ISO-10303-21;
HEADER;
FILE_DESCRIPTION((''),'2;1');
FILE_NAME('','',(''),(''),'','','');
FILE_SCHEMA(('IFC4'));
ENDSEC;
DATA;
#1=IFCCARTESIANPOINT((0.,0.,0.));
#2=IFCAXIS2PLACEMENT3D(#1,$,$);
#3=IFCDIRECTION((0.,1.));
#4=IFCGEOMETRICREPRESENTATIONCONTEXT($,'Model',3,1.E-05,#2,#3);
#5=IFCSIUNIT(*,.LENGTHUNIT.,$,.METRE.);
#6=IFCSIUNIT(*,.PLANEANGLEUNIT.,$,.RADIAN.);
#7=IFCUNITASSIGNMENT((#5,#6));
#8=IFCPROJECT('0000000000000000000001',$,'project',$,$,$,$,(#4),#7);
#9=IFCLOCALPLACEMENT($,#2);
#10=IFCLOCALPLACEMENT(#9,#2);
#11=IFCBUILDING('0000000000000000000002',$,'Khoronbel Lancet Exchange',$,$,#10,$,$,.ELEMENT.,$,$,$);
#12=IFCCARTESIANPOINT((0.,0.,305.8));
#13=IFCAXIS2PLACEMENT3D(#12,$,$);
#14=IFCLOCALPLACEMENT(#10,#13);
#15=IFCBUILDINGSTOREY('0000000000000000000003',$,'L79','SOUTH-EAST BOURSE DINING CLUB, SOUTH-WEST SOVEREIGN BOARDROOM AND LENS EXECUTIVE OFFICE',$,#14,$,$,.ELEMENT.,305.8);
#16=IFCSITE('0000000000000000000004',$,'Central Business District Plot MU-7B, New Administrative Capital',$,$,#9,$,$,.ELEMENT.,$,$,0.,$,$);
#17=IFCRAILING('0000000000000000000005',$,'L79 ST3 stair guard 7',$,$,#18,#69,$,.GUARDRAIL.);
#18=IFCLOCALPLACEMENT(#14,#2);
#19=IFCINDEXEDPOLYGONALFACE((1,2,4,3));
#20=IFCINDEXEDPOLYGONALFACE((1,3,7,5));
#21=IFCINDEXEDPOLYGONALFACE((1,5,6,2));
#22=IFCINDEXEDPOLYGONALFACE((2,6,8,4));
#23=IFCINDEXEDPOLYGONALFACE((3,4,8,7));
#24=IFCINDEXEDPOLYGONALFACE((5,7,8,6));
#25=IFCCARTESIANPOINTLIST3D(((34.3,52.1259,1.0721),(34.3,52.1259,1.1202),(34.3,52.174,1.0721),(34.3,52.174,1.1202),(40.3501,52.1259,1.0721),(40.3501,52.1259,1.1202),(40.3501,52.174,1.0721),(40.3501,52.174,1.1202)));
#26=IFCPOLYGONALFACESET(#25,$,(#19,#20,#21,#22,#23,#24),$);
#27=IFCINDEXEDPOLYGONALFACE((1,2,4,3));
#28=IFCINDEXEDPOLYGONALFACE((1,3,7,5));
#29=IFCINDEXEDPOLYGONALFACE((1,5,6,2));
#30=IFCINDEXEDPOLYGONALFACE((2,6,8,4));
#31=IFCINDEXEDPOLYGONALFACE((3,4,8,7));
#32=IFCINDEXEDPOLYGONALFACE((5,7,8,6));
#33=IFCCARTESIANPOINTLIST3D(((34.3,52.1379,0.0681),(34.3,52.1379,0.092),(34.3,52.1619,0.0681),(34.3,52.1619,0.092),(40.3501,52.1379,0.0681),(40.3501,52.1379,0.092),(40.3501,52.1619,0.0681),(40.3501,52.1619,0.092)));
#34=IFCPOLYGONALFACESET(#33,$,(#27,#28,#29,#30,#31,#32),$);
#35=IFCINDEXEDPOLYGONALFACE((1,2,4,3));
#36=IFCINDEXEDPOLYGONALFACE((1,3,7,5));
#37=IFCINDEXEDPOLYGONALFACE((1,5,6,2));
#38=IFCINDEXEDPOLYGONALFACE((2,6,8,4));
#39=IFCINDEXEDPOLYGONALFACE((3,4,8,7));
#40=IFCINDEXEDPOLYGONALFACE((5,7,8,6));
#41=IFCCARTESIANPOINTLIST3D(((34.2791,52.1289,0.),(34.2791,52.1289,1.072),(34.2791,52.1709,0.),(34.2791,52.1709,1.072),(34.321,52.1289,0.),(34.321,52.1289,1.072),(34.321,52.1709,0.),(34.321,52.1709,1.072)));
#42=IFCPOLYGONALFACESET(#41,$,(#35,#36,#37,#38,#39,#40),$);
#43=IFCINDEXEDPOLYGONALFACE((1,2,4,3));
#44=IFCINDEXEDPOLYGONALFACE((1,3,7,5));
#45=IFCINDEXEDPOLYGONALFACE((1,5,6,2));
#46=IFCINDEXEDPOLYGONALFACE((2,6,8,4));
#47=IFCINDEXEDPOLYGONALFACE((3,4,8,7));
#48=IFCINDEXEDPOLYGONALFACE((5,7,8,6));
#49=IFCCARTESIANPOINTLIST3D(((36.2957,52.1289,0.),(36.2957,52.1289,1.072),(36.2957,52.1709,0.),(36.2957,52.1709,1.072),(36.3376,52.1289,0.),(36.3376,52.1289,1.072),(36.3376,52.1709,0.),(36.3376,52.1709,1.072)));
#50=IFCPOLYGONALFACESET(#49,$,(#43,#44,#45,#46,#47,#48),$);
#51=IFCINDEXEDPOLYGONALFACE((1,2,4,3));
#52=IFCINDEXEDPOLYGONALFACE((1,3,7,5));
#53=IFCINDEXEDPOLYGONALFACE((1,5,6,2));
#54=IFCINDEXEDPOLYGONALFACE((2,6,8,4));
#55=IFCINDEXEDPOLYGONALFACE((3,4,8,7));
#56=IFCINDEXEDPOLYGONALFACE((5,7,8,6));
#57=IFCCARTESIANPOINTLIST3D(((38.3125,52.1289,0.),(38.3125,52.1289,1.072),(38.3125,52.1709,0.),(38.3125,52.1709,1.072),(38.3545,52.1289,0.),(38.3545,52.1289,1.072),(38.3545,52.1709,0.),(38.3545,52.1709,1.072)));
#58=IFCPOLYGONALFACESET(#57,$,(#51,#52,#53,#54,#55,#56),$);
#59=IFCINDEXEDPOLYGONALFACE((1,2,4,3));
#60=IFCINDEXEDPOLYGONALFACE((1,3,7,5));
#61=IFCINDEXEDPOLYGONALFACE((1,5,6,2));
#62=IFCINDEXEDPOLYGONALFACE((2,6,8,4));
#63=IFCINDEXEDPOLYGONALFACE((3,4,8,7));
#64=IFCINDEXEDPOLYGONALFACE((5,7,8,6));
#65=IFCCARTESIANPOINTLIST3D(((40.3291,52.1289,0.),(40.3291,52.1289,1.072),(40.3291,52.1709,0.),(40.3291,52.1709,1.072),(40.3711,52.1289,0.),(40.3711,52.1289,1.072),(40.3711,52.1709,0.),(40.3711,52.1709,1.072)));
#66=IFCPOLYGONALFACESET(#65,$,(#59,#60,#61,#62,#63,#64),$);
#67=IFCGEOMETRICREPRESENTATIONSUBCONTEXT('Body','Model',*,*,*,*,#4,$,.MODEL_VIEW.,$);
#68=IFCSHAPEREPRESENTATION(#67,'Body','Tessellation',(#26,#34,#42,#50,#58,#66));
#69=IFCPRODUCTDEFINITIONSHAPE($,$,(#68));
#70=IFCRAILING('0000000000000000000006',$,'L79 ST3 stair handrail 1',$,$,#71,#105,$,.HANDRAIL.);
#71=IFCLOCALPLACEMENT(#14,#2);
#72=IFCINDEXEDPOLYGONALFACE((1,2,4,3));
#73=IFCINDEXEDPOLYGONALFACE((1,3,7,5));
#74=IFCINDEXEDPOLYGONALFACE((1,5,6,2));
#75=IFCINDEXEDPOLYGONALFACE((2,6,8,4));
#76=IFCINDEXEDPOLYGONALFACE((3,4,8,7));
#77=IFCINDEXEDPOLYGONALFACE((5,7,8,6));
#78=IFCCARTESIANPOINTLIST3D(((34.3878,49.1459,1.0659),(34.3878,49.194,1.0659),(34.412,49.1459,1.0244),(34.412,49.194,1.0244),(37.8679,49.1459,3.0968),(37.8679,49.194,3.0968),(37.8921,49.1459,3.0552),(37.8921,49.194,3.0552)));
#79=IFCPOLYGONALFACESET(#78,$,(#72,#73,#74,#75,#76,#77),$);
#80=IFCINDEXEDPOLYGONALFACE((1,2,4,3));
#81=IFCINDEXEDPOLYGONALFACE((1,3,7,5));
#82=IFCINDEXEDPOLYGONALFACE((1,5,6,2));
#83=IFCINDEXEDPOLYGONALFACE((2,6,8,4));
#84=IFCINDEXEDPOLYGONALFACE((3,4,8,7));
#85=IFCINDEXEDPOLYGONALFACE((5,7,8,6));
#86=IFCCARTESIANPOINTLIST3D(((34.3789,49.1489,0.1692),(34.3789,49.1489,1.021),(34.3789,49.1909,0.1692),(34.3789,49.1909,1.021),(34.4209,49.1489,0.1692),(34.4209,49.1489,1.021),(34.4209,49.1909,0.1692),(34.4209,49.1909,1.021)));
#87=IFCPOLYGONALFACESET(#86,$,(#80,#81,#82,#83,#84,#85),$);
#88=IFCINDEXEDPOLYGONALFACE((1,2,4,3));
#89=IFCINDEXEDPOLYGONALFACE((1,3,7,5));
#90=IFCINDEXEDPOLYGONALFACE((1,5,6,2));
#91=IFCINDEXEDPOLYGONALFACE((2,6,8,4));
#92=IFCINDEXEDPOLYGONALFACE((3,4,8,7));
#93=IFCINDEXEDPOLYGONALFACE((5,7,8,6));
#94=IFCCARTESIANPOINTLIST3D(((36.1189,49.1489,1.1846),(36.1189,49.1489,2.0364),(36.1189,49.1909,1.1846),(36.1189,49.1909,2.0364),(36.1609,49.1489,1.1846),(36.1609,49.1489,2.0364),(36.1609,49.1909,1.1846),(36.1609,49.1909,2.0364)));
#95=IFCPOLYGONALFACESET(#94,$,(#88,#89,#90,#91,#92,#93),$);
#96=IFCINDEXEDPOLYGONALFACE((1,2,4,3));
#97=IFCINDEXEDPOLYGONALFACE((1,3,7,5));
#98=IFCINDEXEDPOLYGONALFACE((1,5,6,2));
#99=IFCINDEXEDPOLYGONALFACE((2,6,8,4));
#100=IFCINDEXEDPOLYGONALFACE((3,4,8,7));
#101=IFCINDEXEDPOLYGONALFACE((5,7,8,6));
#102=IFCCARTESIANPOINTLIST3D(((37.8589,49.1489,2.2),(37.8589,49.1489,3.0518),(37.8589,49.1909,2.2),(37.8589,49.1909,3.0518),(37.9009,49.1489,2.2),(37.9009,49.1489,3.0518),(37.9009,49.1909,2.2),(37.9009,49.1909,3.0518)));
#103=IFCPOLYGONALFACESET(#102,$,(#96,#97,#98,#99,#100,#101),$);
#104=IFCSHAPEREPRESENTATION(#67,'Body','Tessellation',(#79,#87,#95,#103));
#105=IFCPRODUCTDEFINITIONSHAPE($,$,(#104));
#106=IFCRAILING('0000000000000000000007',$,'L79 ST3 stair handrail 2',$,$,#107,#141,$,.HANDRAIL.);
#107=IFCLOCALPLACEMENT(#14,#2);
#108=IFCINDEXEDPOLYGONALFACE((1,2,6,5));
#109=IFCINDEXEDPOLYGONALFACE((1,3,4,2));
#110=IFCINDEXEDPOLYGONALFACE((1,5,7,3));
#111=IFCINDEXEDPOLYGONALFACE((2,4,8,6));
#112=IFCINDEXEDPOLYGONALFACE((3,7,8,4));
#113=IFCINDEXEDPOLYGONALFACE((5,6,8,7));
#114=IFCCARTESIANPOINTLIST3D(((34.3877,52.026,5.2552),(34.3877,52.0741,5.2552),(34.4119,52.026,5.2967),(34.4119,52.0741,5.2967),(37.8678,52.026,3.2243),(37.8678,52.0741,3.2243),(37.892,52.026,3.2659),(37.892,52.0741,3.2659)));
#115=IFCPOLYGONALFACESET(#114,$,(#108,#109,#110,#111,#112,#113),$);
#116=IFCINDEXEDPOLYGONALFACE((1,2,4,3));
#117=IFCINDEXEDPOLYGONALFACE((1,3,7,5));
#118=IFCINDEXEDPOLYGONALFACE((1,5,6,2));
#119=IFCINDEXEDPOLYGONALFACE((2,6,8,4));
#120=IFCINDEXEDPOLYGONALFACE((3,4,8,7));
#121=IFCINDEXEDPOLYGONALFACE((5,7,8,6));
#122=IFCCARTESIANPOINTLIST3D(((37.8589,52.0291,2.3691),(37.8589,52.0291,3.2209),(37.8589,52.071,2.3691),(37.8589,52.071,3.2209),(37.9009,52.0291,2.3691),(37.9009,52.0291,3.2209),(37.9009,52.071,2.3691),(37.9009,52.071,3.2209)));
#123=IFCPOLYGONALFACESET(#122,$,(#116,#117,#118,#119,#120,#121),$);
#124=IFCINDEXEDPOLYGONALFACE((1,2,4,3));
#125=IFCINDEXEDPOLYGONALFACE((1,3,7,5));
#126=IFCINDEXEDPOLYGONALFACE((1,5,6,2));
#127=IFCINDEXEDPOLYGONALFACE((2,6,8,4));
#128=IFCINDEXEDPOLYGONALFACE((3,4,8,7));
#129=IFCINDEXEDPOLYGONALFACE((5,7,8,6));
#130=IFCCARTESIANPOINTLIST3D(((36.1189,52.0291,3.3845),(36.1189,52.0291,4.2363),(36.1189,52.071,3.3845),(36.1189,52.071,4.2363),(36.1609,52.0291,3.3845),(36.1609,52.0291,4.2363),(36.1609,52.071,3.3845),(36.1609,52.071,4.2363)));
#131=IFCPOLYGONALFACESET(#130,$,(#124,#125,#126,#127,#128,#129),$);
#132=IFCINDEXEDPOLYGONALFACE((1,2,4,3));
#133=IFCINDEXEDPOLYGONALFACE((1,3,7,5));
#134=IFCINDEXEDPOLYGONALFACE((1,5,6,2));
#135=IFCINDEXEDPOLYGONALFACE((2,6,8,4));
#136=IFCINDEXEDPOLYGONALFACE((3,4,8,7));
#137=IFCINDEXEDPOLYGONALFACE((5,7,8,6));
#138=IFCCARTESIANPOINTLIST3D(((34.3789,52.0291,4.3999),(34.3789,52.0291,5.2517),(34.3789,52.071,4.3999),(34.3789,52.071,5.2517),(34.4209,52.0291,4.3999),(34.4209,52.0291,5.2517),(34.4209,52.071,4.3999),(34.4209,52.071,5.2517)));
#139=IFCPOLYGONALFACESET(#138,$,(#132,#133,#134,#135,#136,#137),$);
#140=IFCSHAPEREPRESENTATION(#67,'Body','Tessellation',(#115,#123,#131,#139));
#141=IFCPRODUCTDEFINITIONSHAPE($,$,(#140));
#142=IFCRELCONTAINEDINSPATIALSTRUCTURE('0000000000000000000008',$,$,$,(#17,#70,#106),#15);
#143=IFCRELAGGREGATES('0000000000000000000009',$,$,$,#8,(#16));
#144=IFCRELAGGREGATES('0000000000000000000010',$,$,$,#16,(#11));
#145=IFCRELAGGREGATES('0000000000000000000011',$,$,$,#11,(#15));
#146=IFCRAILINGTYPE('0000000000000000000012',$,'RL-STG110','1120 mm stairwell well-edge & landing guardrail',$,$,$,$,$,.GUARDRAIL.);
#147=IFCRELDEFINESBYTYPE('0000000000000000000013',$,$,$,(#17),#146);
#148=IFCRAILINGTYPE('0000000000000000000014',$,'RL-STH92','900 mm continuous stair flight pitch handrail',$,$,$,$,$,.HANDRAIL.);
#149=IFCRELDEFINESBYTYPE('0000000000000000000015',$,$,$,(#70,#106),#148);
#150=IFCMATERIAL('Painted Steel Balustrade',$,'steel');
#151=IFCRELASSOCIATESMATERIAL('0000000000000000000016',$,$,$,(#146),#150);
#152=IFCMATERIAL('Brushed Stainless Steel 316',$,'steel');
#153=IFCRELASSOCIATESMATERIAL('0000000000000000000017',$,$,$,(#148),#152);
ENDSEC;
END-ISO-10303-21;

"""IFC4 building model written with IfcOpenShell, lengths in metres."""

from ifc_helpers import new_model, si_unit, direction, frame, origin, origin_2d, place, context, subcontext, project, spatial, rectangle, extrude, material, type_object, element, save


model = new_model("IFC4")

# Units and contexts
model_context = context("Model", 3, precision=1e-05, world=origin(), true_north=direction((0.0, 1.0)))
body_context = subcontext(model_context, "Body", "Model", "MODEL_VIEW")
ifc_project = project(units=[si_unit("LENGTHUNIT", "METRE"), si_unit("PLANEANGLEUNIT", "RADIAN")], contexts=[model_context])

# Site, building, storey
site_placement = place(None, origin())
site = spatial("IfcSite", under=ifc_project, at=site_placement, Name="Central Business District Plot MU-7B, New Administrative Capital", CompositionType="ELEMENT", RefElevation=0.0)
building_placement = place(site_placement, origin())
building = spatial("IfcBuilding", under=site, at=building_placement, Name="Khoronbel Lancet Exchange", CompositionType="ELEMENT")
storey_placement = place(building_placement, frame((0.0, 0.0, 305.8)))
storey = spatial("IfcBuildingStorey", under=building, at=storey_placement, Name="L79", Description="SOUTH-EAST BOURSE DINING CLUB, SOUTH-WEST SOVEREIGN BOARDROOM AND LENS EXECUTIVE OFFICE", CompositionType="ELEMENT", Elevation=305.8)

# Railings
ifc_material_1 = material(Name="Painted Steel Balustrade", Category="steel")
railing_type_1 = type_object("IfcRailingType", Name="RL-STG110", Description="1120 mm stairwell well-edge & landing guardrail", PredefinedType="GUARDRAIL", material=ifc_material_1)
railing_1_placement = place(storey_placement, frame((34.3, 52.1499, 0.0)))
element("IfcRailing", 1, at=railing_1_placement, inside=storey, type_object=railing_type_1, Name="L79 ST3 stair guard 7", PredefinedType="GUARDRAIL", context=body_context, shape_type="SweptSolid", body=[
    extrude(rectangle(XDim=0.0481, YDim=0.0481, at=origin_2d()), frame((0.0, 0.0, 1.0962), z_axis=(1.0, 0.0, 0.0), x_axis=(0.0, 1.0, 0.0)), (0.0, 0.0, 1.0), 6.05),
    extrude(rectangle(XDim=0.0239, YDim=0.0239, at=origin_2d()), frame((0.0, 0.0, 0.0801), z_axis=(1.0, 0.0, 0.0), x_axis=(0.0, 1.0, 0.0)), (0.0, 0.0, 1.0), 6.05),
    extrude(rectangle(XDim=0.042, YDim=0.042, at=origin_2d()), origin(), (0.0, 0.0, 1.0), 1.072),
    extrude(rectangle(XDim=0.042, YDim=0.042, at=origin_2d()), frame((2.0166, 0.0, 0.0)), (0.0, 0.0, 1.0), 1.072),
    extrude(rectangle(XDim=0.042, YDim=0.042, at=origin_2d()), frame((4.0334, 0.0, 0.0)), (0.0, 0.0, 1.0), 1.072),
    extrude(rectangle(XDim=0.042, YDim=0.042, at=origin_2d()), frame((6.05, 0.0, 0.0)), (0.0, 0.0, 1.0), 1.072),
])
ifc_material_2 = material(Name="Brushed Stainless Steel 316", Category="steel")
railing_type_2 = type_object("IfcRailingType", Name="RL-STH92", Description="900 mm continuous stair flight pitch handrail", PredefinedType="HANDRAIL", material=ifc_material_2)
railing_2_placement = place(storey_placement, frame((34.3999, 49.1699, 0.1692)))
element("IfcRailing", 2, at=railing_2_placement, inside=storey, type_object=railing_type_2, Name="L79 ST3 stair handrail 1", PredefinedType="HANDRAIL", context=body_context, shape_type="SweptSolid", body=[
    extrude(rectangle(XDim=0.0481, YDim=0.0481, at=origin_2d()), frame((0.0, 0.0, 0.876), z_axis=(0.863695, 0.0, 0.504014), x_axis=(0.0, 1.0, 0.0)), (0.0, 0.0, 1.0), 4.0293),
    extrude(rectangle(XDim=0.042, YDim=0.042, at=origin_2d()), origin(), (0.0, 0.0, 1.0), 0.8518),
    extrude(rectangle(XDim=0.042, YDim=0.042, at=origin_2d()), frame((1.74, 0.0, 1.0154)), (0.0, 0.0, 1.0), 0.8518),
    extrude(rectangle(XDim=0.042, YDim=0.042, at=origin_2d()), frame((3.48, 0.0, 2.0308)), (0.0, 0.0, 1.0), 0.8518),
])
railing_3_placement = place(storey_placement, frame((37.8799, 52.05, 2.3691)))
element("IfcRailing", 3, at=railing_3_placement, inside=storey, type_object=railing_type_2, Name="L79 ST3 stair handrail 2", PredefinedType="HANDRAIL", context=body_context, shape_type="SweptSolid", body=[
    extrude(rectangle(XDim=0.0481, YDim=0.0481, at=origin_2d()), frame((0.0, 0.0, 0.876), z_axis=(-0.863695, 0.0, 0.504014), x_axis=(0.0, -1.0, 0.0)), (0.0, 0.0, 1.0), 4.0293),
    extrude(rectangle(XDim=0.042, YDim=0.042, at=origin_2d()), origin(), (0.0, 0.0, 1.0), 0.8518),
    extrude(rectangle(XDim=0.042, YDim=0.042, at=origin_2d()), frame((-1.74, 0.0, 1.0154)), (0.0, 0.0, 1.0), 0.8518),
    extrude(rectangle(XDim=0.042, YDim=0.042, at=origin_2d()), frame((-3.48, 0.0, 2.0308)), (0.0, 0.0, 1.0), 0.8518),
])

save(model, "model.ifc")
